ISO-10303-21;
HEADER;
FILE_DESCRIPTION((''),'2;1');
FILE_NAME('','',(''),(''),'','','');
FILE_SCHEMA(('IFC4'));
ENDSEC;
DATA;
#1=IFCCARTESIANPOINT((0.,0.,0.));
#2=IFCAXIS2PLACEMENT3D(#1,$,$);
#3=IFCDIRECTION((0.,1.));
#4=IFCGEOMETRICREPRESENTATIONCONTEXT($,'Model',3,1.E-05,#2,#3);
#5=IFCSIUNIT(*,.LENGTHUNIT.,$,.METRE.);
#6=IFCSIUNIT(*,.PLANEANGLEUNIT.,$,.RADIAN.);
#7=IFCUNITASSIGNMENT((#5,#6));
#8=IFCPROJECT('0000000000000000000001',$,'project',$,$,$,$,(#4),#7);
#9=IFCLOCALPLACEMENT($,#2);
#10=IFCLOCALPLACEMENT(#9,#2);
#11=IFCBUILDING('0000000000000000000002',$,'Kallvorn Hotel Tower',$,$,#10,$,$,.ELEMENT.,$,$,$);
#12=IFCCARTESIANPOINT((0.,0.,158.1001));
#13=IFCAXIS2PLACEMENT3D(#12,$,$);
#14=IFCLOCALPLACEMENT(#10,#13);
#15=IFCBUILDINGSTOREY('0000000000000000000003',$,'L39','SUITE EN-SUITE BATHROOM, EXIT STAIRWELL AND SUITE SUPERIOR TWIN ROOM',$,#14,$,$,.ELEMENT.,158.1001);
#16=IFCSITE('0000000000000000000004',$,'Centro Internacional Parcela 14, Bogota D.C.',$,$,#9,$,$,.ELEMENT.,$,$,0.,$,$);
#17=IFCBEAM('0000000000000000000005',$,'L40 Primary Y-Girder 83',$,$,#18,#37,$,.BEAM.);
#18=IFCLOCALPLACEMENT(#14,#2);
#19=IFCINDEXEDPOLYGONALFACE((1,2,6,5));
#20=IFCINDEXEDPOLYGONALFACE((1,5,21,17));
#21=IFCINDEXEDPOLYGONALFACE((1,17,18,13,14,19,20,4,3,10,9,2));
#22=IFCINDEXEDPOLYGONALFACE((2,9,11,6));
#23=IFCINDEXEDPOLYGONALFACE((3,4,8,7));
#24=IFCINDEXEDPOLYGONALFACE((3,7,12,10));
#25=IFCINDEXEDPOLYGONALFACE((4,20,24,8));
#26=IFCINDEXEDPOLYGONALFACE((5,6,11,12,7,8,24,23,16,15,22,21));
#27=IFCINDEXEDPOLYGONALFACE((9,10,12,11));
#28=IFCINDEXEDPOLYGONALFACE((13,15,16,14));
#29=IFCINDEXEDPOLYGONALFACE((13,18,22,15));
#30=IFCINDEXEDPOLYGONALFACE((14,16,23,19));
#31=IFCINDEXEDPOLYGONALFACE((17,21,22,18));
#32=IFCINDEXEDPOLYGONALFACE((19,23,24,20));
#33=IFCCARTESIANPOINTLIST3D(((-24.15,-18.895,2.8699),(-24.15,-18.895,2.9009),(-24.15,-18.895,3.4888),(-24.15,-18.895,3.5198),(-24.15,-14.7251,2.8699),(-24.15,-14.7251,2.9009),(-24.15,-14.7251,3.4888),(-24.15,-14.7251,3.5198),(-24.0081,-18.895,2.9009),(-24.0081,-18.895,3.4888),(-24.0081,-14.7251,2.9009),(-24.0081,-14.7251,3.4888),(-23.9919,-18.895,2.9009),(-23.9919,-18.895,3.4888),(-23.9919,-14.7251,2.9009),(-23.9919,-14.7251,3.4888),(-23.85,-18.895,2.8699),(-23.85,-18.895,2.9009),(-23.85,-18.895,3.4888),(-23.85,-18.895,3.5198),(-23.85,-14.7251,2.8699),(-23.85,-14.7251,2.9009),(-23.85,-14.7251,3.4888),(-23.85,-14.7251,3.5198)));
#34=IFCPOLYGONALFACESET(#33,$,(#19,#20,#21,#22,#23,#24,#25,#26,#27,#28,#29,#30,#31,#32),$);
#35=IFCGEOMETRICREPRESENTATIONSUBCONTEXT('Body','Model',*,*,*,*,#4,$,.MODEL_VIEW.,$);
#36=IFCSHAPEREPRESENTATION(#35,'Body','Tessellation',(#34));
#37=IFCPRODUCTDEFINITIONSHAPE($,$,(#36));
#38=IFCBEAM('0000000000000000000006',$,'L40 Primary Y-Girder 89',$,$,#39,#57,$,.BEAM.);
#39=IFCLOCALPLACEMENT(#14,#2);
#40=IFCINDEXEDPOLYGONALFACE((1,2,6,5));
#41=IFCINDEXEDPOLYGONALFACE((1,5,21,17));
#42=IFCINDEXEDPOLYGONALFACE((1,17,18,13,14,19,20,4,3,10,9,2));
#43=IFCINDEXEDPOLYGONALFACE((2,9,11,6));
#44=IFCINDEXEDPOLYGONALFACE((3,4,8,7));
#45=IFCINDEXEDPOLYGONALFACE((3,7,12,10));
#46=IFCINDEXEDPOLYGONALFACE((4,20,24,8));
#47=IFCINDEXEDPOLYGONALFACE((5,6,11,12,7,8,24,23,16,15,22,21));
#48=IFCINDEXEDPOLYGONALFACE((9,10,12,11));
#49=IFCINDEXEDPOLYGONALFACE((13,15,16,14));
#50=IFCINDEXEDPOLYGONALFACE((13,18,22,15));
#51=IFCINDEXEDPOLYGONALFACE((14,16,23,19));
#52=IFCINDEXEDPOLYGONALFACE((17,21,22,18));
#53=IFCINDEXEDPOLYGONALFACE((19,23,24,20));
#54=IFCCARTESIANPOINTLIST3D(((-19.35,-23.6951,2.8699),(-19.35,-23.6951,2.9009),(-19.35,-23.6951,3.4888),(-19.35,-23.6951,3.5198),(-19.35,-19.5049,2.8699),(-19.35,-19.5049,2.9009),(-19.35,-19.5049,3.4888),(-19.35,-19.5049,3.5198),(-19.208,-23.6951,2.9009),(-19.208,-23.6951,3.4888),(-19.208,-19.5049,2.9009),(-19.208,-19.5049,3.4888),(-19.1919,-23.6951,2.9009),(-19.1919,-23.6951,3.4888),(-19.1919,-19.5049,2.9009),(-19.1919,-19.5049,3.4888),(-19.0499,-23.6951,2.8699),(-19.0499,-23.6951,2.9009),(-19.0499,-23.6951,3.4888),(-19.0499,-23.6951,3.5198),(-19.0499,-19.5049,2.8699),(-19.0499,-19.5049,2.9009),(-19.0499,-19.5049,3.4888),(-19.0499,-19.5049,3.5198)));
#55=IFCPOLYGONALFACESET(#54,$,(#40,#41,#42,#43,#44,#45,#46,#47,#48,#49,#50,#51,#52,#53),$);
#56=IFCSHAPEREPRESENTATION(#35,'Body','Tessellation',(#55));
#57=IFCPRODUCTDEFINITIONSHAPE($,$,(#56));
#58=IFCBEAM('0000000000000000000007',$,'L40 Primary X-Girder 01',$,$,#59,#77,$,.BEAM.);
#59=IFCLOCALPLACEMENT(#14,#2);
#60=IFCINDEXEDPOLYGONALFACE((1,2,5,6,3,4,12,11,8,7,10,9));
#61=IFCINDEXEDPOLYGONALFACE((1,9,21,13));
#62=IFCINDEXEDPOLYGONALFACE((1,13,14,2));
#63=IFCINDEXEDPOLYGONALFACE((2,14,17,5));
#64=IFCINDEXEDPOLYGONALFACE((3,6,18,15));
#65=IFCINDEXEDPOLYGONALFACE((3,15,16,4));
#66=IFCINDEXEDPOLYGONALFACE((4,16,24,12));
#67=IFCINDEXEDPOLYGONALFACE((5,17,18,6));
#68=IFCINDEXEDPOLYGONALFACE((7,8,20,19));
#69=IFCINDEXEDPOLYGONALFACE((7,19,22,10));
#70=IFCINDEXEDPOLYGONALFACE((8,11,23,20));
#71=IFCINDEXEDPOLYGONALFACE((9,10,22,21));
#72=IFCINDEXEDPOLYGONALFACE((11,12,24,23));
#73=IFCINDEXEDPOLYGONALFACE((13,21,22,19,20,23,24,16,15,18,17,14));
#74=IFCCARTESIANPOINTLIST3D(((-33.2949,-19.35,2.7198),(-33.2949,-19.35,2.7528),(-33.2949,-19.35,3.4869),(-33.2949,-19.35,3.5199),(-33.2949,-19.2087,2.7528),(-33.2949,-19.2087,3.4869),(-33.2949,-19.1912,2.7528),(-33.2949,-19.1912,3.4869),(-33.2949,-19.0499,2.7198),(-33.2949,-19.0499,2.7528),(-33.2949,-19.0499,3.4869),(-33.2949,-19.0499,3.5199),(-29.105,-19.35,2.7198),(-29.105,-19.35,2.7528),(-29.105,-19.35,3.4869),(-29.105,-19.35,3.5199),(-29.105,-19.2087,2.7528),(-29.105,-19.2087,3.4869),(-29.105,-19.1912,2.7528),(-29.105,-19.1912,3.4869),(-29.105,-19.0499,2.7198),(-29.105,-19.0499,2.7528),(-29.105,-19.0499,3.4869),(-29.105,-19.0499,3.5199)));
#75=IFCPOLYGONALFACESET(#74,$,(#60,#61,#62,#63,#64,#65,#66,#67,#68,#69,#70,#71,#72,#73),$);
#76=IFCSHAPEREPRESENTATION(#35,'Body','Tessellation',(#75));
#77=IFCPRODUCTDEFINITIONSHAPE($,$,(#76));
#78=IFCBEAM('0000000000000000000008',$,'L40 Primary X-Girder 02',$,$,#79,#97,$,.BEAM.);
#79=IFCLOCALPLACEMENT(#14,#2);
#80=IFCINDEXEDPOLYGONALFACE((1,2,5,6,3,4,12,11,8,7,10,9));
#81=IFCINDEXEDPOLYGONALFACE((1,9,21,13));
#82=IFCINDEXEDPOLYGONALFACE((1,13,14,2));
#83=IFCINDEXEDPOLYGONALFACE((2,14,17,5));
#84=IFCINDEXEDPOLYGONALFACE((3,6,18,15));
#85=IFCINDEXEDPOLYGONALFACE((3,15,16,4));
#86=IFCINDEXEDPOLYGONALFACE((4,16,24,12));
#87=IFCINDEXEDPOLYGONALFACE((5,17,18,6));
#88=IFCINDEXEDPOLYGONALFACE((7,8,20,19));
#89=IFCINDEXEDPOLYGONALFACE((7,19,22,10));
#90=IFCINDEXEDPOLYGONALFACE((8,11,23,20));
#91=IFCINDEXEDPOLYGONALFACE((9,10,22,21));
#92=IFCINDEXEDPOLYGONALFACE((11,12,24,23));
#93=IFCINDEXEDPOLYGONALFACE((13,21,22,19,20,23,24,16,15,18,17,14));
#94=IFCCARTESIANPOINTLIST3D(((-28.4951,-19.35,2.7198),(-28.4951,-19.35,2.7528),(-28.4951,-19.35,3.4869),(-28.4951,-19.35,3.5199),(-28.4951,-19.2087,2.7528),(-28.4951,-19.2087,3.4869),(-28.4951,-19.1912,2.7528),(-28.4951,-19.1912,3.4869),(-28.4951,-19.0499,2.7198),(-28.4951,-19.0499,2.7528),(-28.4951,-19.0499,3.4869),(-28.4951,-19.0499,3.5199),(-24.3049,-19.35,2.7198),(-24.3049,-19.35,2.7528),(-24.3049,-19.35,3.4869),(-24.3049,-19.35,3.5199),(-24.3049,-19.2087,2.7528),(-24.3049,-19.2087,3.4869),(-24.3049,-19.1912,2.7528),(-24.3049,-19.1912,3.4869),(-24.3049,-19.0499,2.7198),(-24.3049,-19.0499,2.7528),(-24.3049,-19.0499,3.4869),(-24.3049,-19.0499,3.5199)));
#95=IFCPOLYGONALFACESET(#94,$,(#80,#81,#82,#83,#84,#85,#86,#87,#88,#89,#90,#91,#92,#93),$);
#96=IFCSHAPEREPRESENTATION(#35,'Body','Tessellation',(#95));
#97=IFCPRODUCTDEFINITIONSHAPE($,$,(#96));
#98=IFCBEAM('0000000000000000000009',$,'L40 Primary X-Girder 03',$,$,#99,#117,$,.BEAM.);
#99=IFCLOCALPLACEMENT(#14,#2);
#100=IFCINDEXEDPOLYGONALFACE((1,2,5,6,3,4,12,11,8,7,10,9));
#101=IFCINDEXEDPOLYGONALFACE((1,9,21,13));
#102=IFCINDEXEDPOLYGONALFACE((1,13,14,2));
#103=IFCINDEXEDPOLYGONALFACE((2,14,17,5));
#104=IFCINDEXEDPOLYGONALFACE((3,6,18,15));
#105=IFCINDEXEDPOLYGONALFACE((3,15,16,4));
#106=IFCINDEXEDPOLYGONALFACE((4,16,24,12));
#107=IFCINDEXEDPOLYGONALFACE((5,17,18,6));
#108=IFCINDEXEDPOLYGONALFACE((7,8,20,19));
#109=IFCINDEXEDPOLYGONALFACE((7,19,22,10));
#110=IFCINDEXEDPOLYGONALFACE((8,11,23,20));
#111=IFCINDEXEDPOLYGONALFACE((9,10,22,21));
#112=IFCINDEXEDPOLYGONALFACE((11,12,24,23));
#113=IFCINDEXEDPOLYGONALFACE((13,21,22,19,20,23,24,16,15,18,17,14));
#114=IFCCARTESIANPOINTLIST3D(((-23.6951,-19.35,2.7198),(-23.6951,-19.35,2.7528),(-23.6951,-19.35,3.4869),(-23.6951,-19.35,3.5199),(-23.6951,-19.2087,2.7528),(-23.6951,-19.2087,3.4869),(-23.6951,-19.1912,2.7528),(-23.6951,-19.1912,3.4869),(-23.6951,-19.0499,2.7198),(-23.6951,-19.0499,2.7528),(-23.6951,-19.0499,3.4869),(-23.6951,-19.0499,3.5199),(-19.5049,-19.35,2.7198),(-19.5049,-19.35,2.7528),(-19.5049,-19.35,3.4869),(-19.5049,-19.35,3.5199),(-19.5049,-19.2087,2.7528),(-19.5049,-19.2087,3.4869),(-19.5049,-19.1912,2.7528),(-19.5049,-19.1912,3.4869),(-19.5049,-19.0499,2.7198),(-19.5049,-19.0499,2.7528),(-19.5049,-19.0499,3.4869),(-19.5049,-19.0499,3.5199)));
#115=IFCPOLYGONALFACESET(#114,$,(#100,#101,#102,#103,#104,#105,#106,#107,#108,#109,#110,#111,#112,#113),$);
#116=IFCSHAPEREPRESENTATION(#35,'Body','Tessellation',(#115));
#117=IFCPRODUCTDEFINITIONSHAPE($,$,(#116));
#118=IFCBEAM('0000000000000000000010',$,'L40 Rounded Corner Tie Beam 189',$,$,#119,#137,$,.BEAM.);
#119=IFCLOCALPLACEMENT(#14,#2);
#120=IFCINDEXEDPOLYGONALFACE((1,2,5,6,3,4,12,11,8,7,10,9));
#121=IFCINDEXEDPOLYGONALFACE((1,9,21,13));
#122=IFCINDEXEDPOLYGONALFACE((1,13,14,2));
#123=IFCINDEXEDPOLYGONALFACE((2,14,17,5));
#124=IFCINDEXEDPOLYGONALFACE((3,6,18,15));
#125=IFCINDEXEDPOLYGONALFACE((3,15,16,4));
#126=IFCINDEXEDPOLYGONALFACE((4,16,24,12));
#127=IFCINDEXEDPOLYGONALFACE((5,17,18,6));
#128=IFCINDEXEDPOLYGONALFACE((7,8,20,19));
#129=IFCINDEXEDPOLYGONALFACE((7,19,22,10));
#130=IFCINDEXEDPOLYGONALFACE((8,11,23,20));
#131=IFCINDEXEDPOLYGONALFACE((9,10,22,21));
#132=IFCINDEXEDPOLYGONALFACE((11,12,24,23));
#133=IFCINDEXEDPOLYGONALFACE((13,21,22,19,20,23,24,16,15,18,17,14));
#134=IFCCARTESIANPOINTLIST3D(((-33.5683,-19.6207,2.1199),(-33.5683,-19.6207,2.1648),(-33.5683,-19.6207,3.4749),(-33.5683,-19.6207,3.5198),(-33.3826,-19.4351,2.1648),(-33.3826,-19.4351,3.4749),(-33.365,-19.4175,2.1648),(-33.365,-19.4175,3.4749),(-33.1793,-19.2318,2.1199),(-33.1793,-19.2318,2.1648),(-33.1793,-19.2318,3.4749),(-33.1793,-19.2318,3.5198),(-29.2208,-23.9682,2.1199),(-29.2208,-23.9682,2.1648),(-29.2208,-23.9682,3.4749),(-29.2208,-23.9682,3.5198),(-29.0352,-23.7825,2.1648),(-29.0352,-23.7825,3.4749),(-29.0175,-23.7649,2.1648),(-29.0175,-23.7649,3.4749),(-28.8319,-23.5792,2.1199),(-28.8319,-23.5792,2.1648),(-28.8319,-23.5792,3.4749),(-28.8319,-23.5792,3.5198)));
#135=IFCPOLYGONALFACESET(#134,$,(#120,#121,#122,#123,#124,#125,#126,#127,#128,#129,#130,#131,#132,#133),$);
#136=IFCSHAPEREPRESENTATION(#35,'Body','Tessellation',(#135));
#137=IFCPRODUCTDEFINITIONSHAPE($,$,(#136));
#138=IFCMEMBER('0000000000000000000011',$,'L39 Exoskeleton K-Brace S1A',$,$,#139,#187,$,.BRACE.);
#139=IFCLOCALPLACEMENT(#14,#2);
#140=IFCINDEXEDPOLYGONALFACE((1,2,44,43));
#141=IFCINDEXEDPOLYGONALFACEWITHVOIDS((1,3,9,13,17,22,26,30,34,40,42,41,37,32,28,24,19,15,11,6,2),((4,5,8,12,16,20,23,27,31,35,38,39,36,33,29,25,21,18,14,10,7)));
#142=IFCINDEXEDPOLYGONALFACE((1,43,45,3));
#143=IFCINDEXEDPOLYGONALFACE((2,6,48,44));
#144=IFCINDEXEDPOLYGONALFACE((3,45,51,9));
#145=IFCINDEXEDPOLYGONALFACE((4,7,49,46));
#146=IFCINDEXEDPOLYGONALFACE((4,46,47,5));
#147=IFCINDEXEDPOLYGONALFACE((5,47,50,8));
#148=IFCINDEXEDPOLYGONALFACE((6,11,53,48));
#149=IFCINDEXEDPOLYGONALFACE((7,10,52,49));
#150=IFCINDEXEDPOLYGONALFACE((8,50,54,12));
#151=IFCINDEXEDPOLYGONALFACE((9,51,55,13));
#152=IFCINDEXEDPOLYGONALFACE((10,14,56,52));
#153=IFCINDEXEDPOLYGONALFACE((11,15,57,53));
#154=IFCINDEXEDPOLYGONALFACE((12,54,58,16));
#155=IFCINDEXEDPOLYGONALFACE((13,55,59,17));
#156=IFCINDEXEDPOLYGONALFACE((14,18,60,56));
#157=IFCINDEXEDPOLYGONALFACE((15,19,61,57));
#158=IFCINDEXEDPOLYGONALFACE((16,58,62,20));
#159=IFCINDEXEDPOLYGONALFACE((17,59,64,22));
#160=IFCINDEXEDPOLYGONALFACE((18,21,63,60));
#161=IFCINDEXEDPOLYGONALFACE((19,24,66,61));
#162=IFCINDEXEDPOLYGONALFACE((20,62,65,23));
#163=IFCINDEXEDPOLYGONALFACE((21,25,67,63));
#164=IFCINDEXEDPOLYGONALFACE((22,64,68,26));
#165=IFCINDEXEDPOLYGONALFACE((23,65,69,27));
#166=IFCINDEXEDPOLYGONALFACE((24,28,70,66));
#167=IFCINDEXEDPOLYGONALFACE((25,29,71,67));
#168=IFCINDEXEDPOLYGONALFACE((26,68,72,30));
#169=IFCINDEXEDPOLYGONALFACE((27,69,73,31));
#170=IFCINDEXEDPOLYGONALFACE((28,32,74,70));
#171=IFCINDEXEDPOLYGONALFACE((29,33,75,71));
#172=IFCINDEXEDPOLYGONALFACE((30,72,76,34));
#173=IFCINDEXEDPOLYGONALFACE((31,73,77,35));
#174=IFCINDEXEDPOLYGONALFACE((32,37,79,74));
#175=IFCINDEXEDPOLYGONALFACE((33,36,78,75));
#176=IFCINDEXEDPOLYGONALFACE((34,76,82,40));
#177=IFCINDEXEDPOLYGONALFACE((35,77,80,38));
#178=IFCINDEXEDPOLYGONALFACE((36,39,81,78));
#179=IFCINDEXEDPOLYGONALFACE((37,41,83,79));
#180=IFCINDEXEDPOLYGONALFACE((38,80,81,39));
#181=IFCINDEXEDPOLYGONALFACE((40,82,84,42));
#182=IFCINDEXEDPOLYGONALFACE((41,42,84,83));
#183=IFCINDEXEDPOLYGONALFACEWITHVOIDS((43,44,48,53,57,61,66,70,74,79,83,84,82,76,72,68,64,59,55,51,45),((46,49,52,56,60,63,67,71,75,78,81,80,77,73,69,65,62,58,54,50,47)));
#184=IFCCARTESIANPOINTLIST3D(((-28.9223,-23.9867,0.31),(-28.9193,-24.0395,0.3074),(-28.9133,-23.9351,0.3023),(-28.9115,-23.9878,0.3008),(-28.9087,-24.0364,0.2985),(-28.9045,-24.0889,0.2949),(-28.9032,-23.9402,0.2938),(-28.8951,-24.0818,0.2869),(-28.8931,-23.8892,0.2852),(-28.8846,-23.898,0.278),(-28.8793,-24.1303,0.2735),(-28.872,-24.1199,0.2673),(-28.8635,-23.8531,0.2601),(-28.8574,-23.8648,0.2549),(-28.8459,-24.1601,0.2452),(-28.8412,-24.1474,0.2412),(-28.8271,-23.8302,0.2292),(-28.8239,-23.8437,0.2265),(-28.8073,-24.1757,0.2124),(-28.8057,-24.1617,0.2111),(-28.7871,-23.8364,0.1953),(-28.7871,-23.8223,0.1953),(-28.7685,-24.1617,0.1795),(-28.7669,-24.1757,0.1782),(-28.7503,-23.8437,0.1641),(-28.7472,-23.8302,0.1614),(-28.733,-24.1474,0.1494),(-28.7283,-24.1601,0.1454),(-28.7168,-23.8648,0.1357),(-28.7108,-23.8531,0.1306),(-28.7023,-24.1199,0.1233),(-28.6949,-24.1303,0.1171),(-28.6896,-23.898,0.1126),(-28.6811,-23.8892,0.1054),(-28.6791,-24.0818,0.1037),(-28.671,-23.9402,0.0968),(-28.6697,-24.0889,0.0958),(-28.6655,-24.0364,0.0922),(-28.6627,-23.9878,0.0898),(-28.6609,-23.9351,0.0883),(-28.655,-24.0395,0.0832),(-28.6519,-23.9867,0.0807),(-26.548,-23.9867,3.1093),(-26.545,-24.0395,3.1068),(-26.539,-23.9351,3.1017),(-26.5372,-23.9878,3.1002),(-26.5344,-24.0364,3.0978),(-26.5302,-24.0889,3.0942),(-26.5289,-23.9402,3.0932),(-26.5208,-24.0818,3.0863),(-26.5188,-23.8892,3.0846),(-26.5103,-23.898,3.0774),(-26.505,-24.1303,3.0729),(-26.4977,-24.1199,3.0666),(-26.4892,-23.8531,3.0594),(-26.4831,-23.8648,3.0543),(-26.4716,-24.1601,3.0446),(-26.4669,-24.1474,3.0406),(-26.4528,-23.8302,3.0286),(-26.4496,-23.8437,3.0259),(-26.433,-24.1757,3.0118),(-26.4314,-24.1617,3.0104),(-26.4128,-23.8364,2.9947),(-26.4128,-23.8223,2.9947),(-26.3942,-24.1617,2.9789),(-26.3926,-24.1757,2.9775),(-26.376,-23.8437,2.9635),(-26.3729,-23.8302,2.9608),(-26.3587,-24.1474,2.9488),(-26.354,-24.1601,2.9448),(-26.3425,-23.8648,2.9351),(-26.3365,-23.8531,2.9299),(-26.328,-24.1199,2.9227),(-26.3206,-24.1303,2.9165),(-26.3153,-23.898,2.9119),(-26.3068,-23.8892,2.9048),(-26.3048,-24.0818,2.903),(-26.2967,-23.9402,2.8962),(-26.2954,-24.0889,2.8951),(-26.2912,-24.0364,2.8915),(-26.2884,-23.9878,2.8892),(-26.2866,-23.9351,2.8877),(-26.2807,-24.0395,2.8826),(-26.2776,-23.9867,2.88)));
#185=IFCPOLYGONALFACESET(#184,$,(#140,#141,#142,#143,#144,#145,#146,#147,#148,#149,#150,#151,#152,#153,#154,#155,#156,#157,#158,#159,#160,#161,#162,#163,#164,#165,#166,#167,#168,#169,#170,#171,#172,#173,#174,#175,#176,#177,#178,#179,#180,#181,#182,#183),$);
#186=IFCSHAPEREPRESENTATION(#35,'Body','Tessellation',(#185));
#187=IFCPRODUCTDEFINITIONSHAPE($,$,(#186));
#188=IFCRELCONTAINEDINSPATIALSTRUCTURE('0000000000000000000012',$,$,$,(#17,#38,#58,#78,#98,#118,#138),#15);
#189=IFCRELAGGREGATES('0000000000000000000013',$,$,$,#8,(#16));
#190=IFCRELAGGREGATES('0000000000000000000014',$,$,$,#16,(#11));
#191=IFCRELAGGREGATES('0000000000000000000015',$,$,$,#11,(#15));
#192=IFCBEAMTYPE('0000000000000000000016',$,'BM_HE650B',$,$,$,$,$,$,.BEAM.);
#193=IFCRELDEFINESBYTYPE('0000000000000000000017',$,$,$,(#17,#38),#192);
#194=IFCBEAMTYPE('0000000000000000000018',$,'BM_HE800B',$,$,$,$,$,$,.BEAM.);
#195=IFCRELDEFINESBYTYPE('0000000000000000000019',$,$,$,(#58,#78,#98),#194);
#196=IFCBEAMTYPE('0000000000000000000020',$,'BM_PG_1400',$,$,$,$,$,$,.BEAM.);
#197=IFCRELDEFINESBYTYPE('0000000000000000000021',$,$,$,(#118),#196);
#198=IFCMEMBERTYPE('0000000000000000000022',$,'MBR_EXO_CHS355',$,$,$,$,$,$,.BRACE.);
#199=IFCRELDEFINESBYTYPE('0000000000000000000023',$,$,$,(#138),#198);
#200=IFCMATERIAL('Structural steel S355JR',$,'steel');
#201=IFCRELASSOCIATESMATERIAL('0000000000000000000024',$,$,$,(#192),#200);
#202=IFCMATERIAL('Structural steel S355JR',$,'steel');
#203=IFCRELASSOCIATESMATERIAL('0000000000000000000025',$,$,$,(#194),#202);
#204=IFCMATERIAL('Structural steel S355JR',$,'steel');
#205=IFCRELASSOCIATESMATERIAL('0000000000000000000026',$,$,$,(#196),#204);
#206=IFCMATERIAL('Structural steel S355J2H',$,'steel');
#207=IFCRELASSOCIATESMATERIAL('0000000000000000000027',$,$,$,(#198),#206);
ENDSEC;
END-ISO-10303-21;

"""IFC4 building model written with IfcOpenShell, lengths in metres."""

from ifc_helpers import new_model, si_unit, direction, frame, origin, origin_2d, place, context, subcontext, project, spatial, hollow_circle, i_section, extrude, material, material_profile, profile_set, type_object, element, save


model = new_model("IFC4")

# Units and contexts
model_context = context("Model", 3, precision=1e-05, world=origin(), true_north=direction((0.0, 1.0)))
body_context = subcontext(model_context, "Body", "Model", "MODEL_VIEW")
ifc_project = project(units=[si_unit("LENGTHUNIT", "METRE"), si_unit("PLANEANGLEUNIT", "RADIAN")], contexts=[model_context])

# Site, building, storey
site_placement = place(None, origin())
site = spatial("IfcSite", under=ifc_project, at=site_placement, Name="Centro Internacional Parcela 14, Bogota D.C.", CompositionType="ELEMENT", RefElevation=0.0)
building_placement = place(site_placement, origin())
building = spatial("IfcBuilding", under=site, at=building_placement, Name="Kallvorn Hotel Tower", CompositionType="ELEMENT")
storey_placement = place(building_placement, frame((0.0, 0.0, 158.1001)))
storey = spatial("IfcBuildingStorey", under=building, at=storey_placement, Name="L39", Description="SUITE EN-SUITE BATHROOM, EXIT STAIRWELL AND SUITE SUPERIOR TWIN ROOM", CompositionType="ELEMENT", Elevation=158.1001)

# Beams
ifc_material_1 = material(Name="Structural steel S355JR", Category="steel")
ifc_material_profile_1 = material_profile(ifc_material_1, i_section(OverallWidth=0.3, OverallDepth=0.6499, WebThickness=0.0161, FlangeThickness=0.031, at=origin_2d()), Name="HE 650 B")
ifc_profile_set_1 = profile_set([ifc_material_profile_1], Name="Structural steel S355JR")
beam_type_1 = type_object("IfcBeamType", Name="BM_HE650B", PredefinedType="BEAM", material=ifc_profile_set_1)
beam_1_placement = place(storey_placement, frame((-24.0, -18.895, 3.1948), z_axis=(0.0, 1.0, 0.0), x_axis=(-1.0, 0.0, 0.0)))
element("IfcBeam", 1, at=beam_1_placement, inside=storey, type_object=beam_type_1, Name="L40 Primary Y-Girder 83", PredefinedType="BEAM", context=body_context, shape_type="SweptSolid", body=[
    extrude(i_section(OverallWidth=0.3, OverallDepth=0.6499, WebThickness=0.0161, FlangeThickness=0.031, at=origin_2d()), origin(), (0.0, 0.0, 1.0), 4.1699),
])
beam_2_placement = place(storey_placement, frame((-19.2, -23.6951, 3.1948), z_axis=(0.0, 1.0, 0.0), x_axis=(-1.0, 0.0, 0.0)))
element("IfcBeam", 2, at=beam_2_placement, inside=storey, type_object=beam_type_1, Name="L40 Primary Y-Girder 89", PredefinedType="BEAM", context=body_context, shape_type="SweptSolid", body=[
    extrude(i_section(OverallWidth=0.3, OverallDepth=0.6499, WebThickness=0.0161, FlangeThickness=0.031, at=origin_2d()), origin(), (0.0, 0.0, 1.0), 4.1902),
])
ifc_material_2 = material(Name="Structural steel S355JR", Category="steel")
ifc_material_profile_2 = material_profile(ifc_material_2, i_section(OverallWidth=0.3, OverallDepth=0.8, WebThickness=0.0176, FlangeThickness=0.033, at=origin_2d()), Name="HE 800 B")
ifc_profile_set_2 = profile_set([ifc_material_profile_2], Name="Structural steel S355JR")
beam_type_2 = type_object("IfcBeamType", Name="BM_HE800B", PredefinedType="BEAM", material=ifc_profile_set_2)
beam_3_placement = place(storey_placement, frame((-33.2949, -19.2, 3.1199), z_axis=(1.0, 0.0, 0.0), x_axis=(0.0, 1.0, 0.0)))
element("IfcBeam", 3, at=beam_3_placement, inside=storey, type_object=beam_type_2, Name="L40 Primary X-Girder 01", PredefinedType="BEAM", context=body_context, shape_type="SweptSolid", body=[
    extrude(i_section(OverallWidth=0.3, OverallDepth=0.8, WebThickness=0.0176, FlangeThickness=0.033, at=origin_2d()), origin(), (0.0, 0.0, 1.0), 4.1899),
])
for number, where, z_axis, x_axis, name in (
    (4, (-28.4951, -19.2, 3.1199), (1.0, 0.0, 0.0), (0.0, 1.0, 0.0), "L40 Primary X-Girder 02"),
    (5, (-23.6951, -19.2, 3.1199), (1.0, 0.0, 0.0), (0.0, 1.0, 0.0), "L40 Primary X-Girder 03"),
):
    element("IfcBeam", number, at=place(storey_placement, frame(where, z_axis=z_axis, x_axis=x_axis)), inside=storey, type_object=beam_type_2, Name=name, PredefinedType="BEAM", context=body_context, shape_type="SweptSolid", body=[
        extrude(i_section(OverallWidth=0.3, OverallDepth=0.8, WebThickness=0.0176, FlangeThickness=0.033, at=origin_2d()), origin(), (0.0, 0.0, 1.0), 4.1902),
    ])
ifc_material_3 = material(Name="Structural steel S355JR", Category="steel")
ifc_material_profile_3 = material_profile(ifc_material_3, i_section(OverallWidth=0.55, OverallDepth=1.3999, WebThickness=0.0249, FlangeThickness=0.0449, at=origin_2d()), Name="PG 1400x550x25x45")
ifc_profile_set_3 = profile_set([ifc_material_profile_3], Name="Structural steel S355JR")
beam_type_3 = type_object("IfcBeamType", Name="BM_PG_1400", PredefinedType="BEAM", material=ifc_profile_set_3)
beam_4_placement = place(storey_placement, frame((-33.3738, -19.4263, 2.8198), z_axis=(0.707107, -0.707107, 0.0), x_axis=(0.707107, 0.707107, 0.0)))
element("IfcBeam", 6, at=beam_4_placement, inside=storey, type_object=beam_type_3, Name="L40 Rounded Corner Tie Beam 189", PredefinedType="BEAM", context=body_context, shape_type="SweptSolid", body=[
    extrude(i_section(OverallWidth=0.55, OverallDepth=1.3999, WebThickness=0.0249, FlangeThickness=0.0449, at=origin_2d()), origin(), (0.0, 0.0, 1.0), 6.1482),
])

# Member
ifc_material_4 = material(Name="Structural steel S355J2H", Category="steel")
ifc_material_profile_4 = material_profile(ifc_material_4, hollow_circle(Radius=0.1777, WallThickness=0.0142, at=origin_2d()), Name="CHS 355.6x14.2")
ifc_profile_set_4 = profile_set([ifc_material_profile_4], Name="Structural steel S355J2H")
member_type = type_object("IfcMemberType", Name="MBR_EXO_CHS355", PredefinedType="BRACE", material=ifc_profile_set_4)
for number, where, z_axis, x_axis, name in (
    (7, (-28.7871, -24.0, 0.1953), (0.646833, 0.0, 0.762631), (0.0, 1.0, 0.0), "L39 Exoskeleton K-Brace S1A"),
):
    element("IfcMember", number, at=place(storey_placement, frame(where, z_axis=z_axis, x_axis=x_axis)), inside=storey, type_object=member_type, Name=name, PredefinedType="BRACE", context=body_context, shape_type="SweptSolid", body=[
        extrude(hollow_circle(Radius=0.1777, WallThickness=0.0142, at=origin_2d()), origin(), (0.0, 0.0, 1.0), 3.6707),
    ])

save(model, "model.ifc")
